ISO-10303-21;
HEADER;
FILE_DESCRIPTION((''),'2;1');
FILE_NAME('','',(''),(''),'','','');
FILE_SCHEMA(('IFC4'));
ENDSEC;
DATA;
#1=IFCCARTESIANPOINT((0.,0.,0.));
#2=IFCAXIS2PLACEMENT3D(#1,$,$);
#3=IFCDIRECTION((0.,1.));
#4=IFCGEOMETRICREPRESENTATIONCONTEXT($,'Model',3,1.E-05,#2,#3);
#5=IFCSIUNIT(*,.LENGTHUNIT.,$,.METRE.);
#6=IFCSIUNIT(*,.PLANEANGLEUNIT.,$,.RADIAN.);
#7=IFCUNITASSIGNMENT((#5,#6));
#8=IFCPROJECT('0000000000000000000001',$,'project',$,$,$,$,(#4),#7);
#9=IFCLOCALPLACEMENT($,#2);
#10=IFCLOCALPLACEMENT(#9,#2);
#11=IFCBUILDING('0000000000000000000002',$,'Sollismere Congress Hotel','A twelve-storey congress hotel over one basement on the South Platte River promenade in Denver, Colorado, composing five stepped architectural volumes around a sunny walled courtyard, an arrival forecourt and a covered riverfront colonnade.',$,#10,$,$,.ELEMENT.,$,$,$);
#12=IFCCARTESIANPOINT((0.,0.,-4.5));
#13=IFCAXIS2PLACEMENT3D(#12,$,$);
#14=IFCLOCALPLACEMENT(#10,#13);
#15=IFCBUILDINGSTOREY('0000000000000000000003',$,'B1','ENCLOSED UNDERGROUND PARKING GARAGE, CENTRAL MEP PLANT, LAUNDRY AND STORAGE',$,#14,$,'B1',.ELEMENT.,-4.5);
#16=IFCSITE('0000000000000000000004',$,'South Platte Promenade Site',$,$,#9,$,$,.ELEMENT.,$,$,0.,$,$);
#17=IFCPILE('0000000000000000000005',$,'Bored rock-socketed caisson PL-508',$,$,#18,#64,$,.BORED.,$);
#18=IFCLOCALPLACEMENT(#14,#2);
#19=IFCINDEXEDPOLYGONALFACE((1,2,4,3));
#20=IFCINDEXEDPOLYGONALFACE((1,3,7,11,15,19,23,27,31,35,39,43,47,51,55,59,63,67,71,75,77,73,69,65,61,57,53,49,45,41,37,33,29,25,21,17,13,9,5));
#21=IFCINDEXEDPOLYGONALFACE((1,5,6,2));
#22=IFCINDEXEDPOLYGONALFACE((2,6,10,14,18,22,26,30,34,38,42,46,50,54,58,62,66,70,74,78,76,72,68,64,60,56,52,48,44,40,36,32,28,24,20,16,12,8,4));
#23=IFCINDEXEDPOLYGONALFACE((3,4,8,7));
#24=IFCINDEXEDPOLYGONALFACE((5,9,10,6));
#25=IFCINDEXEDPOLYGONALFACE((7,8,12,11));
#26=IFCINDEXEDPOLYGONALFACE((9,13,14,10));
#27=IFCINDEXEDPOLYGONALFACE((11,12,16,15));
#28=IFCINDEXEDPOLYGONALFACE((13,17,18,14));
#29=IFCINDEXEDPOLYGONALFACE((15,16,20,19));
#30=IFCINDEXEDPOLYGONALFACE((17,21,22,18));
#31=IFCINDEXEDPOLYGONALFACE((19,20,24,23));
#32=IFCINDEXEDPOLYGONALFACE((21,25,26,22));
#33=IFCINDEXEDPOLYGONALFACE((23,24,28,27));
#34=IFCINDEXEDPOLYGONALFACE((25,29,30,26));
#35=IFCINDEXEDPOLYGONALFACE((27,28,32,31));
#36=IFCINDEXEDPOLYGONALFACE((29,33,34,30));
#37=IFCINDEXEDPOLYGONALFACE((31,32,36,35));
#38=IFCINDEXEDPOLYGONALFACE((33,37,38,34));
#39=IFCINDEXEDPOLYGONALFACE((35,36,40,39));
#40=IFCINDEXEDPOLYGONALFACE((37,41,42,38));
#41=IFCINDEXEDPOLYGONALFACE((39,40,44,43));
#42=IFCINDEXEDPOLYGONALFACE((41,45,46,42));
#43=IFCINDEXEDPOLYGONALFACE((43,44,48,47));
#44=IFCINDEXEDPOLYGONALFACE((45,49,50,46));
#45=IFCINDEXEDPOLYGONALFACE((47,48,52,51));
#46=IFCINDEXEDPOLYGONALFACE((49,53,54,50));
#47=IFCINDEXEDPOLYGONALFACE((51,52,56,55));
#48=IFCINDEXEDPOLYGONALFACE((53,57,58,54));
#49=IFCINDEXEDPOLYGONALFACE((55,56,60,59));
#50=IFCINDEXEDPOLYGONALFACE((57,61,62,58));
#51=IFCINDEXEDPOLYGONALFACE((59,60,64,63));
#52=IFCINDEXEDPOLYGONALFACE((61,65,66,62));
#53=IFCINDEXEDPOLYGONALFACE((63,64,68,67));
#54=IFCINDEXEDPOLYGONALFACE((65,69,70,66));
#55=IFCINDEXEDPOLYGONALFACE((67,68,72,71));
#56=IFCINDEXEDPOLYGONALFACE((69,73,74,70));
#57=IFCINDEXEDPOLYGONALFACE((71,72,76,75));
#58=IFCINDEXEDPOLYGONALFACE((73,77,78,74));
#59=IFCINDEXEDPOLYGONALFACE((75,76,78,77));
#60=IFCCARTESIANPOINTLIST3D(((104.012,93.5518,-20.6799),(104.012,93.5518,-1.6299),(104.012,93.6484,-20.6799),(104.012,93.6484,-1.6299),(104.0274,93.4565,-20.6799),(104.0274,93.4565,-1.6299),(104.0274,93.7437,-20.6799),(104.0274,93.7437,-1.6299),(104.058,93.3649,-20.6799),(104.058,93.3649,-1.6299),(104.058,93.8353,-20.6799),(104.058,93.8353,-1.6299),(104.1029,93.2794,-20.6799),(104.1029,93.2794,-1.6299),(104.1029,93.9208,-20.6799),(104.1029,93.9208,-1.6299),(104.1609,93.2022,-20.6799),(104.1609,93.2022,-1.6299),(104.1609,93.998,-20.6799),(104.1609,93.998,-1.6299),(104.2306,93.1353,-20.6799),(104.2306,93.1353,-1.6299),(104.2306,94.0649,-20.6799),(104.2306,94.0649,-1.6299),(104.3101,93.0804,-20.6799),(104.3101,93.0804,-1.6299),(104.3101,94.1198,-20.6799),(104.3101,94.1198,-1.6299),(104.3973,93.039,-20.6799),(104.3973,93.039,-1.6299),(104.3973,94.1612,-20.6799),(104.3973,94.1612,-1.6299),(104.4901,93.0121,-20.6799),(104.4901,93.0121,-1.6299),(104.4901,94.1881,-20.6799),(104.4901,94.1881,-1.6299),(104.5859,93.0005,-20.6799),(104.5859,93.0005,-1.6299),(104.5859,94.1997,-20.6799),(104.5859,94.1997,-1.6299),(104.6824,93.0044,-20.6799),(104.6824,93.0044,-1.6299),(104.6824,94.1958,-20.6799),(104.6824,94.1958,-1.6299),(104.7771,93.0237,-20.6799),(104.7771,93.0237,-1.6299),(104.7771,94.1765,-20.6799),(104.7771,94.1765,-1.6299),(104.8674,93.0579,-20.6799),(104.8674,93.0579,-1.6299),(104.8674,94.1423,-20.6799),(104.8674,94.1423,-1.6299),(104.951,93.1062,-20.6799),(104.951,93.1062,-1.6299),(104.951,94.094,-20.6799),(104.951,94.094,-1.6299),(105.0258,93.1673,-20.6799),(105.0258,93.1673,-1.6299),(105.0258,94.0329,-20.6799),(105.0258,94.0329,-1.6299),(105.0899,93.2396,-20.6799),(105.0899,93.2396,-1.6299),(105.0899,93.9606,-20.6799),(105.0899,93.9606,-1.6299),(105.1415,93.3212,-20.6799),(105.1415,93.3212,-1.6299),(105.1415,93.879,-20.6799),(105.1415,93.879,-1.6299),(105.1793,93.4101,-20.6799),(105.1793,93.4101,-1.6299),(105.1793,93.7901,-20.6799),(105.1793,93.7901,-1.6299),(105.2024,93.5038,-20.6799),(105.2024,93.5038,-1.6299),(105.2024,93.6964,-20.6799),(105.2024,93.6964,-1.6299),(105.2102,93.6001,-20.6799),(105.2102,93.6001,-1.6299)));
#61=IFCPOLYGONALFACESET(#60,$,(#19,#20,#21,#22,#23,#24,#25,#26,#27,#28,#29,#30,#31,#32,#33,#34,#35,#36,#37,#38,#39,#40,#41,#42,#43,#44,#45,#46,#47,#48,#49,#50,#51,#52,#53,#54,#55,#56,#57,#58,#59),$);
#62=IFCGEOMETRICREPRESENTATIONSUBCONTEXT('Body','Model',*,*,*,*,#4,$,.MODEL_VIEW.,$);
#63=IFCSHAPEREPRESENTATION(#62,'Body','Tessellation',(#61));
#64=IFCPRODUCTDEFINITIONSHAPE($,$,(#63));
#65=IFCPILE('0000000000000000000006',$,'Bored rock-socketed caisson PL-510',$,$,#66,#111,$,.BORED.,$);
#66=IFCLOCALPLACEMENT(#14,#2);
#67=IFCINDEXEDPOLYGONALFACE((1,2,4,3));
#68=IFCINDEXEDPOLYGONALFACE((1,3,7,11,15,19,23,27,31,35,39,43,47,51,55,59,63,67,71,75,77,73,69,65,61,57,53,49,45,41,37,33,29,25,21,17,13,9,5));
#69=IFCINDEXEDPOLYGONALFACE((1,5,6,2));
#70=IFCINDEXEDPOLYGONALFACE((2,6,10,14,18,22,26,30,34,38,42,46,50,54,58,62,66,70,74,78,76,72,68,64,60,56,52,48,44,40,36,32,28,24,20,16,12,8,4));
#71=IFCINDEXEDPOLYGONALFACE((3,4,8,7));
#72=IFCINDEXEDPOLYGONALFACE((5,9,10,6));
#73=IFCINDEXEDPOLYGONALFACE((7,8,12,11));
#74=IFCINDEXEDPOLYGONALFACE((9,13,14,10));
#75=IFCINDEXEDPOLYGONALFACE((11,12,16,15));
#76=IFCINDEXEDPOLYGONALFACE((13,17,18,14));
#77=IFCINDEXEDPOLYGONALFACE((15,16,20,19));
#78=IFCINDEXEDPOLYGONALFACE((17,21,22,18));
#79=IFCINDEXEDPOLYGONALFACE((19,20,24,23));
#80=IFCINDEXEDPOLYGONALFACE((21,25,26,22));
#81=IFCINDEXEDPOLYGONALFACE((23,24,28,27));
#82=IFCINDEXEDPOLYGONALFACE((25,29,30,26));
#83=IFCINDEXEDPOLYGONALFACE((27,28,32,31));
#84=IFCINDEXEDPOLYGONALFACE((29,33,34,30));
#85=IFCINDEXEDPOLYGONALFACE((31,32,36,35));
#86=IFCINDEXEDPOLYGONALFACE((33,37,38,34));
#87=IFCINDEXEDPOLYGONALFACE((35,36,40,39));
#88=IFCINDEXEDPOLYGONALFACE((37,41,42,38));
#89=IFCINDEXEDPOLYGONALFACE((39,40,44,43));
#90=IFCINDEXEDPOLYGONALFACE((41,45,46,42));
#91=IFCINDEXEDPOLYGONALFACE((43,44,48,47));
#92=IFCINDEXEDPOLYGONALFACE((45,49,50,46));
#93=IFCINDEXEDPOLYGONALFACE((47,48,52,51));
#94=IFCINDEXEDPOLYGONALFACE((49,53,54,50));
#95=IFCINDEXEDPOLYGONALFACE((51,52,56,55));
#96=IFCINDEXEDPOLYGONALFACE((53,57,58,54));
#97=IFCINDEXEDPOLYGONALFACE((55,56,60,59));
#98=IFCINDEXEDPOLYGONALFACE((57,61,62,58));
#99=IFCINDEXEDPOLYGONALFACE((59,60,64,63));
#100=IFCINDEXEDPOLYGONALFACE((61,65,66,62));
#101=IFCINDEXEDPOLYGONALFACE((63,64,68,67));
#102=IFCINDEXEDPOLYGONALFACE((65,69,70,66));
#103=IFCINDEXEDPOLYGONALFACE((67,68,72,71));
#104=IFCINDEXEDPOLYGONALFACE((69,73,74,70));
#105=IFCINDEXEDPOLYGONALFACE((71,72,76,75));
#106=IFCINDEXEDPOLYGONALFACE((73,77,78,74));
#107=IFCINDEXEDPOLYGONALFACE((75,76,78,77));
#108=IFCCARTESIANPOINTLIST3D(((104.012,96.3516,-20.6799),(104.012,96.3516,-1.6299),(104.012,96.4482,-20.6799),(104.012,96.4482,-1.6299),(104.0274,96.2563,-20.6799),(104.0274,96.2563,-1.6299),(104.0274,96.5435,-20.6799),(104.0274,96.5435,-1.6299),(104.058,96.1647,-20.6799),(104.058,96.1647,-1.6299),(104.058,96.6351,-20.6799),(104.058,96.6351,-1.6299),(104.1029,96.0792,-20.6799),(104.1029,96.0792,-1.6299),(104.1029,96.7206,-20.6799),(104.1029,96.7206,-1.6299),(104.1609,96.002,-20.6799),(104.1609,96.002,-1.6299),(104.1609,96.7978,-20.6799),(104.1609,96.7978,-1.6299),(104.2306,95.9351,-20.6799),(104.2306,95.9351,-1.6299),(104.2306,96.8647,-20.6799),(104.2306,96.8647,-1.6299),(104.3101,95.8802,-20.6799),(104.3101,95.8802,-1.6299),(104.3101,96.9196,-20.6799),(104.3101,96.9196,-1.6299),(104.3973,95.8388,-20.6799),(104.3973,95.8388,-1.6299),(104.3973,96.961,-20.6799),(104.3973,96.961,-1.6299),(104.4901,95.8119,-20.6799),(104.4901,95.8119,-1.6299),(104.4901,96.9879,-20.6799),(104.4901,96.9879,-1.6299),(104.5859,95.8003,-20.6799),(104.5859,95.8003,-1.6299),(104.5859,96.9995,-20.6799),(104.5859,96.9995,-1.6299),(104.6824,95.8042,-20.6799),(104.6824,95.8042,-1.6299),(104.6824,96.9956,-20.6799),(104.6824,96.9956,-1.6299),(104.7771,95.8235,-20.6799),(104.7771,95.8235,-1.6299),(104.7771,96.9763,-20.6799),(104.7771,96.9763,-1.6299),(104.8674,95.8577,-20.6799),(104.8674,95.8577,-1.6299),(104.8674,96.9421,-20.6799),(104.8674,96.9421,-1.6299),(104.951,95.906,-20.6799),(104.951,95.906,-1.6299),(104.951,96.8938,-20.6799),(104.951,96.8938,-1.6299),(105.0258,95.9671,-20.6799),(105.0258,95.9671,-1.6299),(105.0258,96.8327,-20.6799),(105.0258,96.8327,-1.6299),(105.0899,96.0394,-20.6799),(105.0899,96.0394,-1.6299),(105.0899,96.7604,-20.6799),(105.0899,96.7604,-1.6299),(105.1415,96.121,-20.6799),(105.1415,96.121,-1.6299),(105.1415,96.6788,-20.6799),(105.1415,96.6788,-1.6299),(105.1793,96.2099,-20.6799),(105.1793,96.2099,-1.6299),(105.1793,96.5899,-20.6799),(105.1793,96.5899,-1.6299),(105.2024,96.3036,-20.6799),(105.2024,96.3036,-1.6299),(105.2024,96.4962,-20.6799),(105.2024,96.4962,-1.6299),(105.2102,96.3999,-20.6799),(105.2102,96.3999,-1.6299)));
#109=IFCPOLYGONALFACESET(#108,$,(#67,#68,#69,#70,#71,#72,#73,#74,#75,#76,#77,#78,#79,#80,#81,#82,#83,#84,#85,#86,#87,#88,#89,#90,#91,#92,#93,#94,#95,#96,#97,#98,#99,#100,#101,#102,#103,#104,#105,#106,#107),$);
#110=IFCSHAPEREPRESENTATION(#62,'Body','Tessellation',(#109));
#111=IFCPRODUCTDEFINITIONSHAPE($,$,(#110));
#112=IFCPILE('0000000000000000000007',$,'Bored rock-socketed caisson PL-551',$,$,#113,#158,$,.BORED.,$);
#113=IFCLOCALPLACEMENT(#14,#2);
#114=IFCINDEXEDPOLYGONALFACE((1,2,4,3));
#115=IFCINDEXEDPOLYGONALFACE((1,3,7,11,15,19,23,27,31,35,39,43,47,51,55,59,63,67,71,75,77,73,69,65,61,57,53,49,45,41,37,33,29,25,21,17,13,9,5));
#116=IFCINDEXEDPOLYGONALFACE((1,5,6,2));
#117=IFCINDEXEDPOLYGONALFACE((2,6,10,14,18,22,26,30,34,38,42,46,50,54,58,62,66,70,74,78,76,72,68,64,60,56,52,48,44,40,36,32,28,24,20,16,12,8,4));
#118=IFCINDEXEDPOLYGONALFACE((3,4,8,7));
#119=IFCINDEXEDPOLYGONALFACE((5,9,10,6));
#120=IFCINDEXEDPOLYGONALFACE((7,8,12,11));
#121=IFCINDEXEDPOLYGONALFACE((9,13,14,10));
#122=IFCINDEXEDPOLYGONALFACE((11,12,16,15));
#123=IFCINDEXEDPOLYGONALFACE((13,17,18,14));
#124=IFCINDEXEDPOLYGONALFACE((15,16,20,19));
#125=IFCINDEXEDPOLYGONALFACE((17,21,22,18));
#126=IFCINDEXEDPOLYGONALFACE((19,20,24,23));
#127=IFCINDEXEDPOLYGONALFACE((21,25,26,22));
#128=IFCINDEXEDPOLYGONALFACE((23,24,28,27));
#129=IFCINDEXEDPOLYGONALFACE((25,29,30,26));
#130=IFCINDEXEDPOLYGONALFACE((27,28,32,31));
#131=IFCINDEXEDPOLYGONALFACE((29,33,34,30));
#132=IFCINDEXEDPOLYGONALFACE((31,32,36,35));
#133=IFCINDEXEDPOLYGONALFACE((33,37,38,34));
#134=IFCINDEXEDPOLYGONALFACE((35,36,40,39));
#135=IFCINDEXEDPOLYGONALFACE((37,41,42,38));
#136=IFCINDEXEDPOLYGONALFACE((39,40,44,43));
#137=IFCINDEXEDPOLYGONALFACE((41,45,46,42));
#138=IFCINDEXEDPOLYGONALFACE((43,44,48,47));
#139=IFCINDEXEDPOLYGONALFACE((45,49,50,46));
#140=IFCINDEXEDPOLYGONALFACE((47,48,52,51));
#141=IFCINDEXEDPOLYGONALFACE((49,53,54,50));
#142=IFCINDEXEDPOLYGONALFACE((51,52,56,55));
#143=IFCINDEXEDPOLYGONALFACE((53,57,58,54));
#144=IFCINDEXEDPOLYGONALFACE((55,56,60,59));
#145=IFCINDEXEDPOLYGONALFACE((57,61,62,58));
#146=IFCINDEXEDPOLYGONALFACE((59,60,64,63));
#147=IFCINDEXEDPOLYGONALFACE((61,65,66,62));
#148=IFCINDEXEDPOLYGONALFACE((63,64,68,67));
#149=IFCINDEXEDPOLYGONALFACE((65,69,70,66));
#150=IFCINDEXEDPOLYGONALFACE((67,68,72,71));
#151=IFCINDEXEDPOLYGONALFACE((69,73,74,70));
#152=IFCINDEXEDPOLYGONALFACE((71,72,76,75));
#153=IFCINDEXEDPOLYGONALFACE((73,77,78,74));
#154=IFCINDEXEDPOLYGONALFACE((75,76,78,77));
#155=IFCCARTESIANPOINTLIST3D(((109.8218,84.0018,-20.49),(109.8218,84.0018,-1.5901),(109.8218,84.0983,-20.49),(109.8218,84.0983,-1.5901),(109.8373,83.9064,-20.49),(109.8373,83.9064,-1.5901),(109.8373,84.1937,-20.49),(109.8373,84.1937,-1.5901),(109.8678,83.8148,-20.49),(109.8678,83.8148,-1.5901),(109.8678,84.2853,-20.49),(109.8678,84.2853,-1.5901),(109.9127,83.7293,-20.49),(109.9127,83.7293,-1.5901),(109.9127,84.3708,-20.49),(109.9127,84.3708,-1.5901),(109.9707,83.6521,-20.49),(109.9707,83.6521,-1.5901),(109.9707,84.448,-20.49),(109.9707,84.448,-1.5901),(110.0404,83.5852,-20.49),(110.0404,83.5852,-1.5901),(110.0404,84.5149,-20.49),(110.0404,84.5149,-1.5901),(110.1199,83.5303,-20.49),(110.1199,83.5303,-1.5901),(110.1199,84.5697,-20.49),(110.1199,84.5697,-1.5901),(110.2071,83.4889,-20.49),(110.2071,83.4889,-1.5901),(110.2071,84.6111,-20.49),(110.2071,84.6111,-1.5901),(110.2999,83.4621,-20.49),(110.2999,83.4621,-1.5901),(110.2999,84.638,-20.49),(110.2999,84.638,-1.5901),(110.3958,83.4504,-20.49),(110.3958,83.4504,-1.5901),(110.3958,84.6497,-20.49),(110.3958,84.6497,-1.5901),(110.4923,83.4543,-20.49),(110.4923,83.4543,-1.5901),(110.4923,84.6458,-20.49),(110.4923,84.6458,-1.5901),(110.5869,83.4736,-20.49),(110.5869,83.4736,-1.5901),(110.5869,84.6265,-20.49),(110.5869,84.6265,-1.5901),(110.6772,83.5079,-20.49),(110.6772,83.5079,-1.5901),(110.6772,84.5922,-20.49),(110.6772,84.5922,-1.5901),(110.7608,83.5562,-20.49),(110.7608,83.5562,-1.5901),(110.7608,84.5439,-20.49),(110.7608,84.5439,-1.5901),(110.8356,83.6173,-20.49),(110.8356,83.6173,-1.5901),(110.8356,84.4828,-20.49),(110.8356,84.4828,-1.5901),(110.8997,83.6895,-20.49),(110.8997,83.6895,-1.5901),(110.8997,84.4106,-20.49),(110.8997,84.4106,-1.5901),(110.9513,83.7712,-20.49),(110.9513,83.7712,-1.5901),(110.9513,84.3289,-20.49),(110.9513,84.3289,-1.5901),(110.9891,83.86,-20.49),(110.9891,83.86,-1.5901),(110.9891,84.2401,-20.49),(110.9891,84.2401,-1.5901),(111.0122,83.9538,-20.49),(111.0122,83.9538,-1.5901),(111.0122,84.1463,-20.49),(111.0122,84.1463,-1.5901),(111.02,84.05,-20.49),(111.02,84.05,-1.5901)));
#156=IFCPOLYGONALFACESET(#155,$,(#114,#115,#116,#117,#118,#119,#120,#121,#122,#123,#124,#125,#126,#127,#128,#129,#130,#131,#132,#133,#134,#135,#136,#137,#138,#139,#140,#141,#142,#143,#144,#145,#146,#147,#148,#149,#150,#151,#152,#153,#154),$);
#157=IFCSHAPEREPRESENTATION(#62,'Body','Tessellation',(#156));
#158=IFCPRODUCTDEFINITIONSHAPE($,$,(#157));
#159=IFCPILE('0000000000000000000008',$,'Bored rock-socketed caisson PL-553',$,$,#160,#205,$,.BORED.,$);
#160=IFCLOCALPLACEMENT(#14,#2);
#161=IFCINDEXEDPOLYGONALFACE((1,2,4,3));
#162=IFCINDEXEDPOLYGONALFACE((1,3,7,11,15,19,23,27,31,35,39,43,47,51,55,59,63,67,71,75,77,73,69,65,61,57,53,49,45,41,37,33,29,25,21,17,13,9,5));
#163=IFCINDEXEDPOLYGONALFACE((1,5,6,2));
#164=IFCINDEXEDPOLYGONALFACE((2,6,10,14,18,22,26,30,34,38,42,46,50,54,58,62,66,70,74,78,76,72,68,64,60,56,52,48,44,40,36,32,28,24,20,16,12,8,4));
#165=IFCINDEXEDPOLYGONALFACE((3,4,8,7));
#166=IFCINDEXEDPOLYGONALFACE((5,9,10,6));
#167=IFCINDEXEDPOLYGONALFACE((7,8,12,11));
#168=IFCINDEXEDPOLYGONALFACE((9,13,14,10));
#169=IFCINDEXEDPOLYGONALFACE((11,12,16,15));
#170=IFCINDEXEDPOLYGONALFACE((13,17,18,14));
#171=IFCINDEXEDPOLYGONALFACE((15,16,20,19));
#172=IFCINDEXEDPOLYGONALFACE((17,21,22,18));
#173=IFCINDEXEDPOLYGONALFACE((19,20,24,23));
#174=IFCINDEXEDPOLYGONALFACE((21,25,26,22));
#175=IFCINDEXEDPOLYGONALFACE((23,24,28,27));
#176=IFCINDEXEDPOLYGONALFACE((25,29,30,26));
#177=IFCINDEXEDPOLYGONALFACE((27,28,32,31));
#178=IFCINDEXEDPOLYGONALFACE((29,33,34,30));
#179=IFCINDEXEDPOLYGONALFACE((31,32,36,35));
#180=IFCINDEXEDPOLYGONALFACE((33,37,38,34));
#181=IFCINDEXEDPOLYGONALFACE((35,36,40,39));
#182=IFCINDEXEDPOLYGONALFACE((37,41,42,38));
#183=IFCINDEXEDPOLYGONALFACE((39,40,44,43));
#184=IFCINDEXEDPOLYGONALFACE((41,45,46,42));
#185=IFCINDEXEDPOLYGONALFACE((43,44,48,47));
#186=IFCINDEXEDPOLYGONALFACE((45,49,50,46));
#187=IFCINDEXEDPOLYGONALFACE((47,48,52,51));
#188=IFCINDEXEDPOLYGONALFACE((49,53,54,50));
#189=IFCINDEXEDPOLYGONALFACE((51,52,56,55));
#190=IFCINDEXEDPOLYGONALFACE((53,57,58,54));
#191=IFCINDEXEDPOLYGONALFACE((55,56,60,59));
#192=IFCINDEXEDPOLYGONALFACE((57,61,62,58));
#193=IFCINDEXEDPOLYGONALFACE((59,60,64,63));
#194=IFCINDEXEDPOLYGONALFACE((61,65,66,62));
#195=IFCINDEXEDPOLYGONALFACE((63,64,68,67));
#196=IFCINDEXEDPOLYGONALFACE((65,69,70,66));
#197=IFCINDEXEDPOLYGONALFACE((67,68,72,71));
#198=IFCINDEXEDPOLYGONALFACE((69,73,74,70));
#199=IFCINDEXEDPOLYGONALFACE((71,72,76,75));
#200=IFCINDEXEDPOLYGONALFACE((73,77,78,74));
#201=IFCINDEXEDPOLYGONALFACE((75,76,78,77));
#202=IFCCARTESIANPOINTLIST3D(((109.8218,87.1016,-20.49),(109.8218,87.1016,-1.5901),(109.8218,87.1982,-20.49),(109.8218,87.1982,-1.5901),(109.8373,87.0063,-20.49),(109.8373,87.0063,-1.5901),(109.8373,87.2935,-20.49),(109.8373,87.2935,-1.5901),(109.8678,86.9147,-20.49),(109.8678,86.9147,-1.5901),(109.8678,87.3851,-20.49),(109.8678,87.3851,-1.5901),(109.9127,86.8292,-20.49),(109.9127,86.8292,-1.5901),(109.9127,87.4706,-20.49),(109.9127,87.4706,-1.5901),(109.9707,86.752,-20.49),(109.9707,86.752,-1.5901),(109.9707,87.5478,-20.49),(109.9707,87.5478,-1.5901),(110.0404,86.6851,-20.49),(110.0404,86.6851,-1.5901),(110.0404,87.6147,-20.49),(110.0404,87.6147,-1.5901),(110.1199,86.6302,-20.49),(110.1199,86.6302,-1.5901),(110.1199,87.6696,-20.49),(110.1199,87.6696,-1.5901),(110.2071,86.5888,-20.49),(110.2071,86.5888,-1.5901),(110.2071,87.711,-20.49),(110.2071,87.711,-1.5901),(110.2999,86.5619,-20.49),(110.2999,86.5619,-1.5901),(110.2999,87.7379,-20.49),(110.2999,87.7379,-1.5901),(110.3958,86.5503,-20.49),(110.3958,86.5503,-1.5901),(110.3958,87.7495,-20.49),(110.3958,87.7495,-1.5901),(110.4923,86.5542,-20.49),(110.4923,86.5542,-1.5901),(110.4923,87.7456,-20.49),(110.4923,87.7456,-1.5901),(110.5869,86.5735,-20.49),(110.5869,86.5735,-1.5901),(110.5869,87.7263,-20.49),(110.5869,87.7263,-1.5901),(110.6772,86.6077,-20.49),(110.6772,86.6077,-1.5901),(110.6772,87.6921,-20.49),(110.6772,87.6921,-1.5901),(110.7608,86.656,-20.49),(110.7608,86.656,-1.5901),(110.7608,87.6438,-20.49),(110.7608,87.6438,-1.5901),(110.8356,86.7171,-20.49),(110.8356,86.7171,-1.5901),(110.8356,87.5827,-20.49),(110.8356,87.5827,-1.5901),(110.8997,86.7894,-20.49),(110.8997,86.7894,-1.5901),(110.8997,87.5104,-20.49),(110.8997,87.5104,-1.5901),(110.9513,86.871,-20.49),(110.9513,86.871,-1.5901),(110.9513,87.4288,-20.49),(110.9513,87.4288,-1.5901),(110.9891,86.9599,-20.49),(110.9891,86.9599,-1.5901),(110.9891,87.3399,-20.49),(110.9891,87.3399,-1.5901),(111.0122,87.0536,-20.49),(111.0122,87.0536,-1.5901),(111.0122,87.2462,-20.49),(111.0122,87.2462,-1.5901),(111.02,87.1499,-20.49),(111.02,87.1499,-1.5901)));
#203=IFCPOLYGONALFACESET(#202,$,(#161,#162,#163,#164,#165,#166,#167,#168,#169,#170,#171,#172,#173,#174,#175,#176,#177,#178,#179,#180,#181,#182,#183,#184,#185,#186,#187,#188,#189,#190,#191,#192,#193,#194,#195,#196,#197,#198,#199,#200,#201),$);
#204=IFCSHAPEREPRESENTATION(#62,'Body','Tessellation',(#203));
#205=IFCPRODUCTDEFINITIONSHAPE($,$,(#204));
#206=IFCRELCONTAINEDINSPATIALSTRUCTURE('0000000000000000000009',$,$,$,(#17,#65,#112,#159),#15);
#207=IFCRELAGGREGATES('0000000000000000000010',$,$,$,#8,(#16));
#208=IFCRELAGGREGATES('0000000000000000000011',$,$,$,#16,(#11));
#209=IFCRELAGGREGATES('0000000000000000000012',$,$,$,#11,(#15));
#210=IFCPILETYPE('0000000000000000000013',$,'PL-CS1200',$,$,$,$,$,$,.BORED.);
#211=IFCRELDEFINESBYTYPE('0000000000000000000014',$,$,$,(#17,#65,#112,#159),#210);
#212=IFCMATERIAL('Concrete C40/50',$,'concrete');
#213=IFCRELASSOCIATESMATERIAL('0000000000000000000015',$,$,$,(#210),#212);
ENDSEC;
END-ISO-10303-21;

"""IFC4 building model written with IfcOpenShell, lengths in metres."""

from ifc_helpers import new_model, si_unit, direction, frame, origin, origin_2d, place, context, subcontext, project, spatial, circle, extrude, material, material_profile, profile_set, type_object, element, save


model = new_model("IFC4")

# Units and contexts
model_context = context("Model", 3, precision=1e-05, world=origin(), true_north=direction((0.0, 1.0)))
body_context = subcontext(model_context, "Body", "Model", "MODEL_VIEW")
ifc_project = project(units=[si_unit("LENGTHUNIT", "METRE"), si_unit("PLANEANGLEUNIT", "RADIAN")], contexts=[model_context])

# Site, building, storey
site_placement = place(None, origin())
site = spatial("IfcSite", under=ifc_project, at=site_placement, Name="South Platte Promenade Site", CompositionType="ELEMENT", RefElevation=0.0)
building_placement = place(site_placement, origin())
building = spatial("IfcBuilding", under=site, at=building_placement, Name="Sollismere Congress Hotel", Description="A twelve-storey congress hotel over one basement on the South Platte River promenade in Denver, Colorado, composing five stepped architectural volumes around a sunny walled courtyard, an arrival forecourt and a covered riverfront colonnade.", CompositionType="ELEMENT")
storey_placement = place(building_placement, frame((0.0, 0.0, -4.5)))
storey = spatial("IfcBuildingStorey", under=building, at=storey_placement, Name="B1", Description="ENCLOSED UNDERGROUND PARKING GARAGE, CENTRAL MEP PLANT, LAUNDRY AND STORAGE", LongName="B1", CompositionType="ELEMENT", Elevation=-4.5)

# Shared definitions
ifc_material_1 = material(Name="Concrete C40/50", Category="concrete")

# Piles
ifc_material_profile_1 = material_profile(ifc_material_1, circle(Radius=0.6001, at=origin_2d()), Name="CAISSON1200")
ifc_profile_set_1 = profile_set([ifc_material_profile_1], Name="Concrete C40/50")
pile_type = type_object("IfcPileType", Name="PL-CS1200", PredefinedType="BORED", material=ifc_profile_set_1)
for number, where, z_axis, x_axis, name in (
    (1, (104.6101, 93.6001, -1.6299), (0.0, 0.0, -1.0), (1.0, 0.0, 0.0), "Bored rock-socketed caisson PL-508"),
    (2, (104.6101, 96.3999, -1.6299), (0.0, 0.0, -1.0), (1.0, 0.0, 0.0), "Bored rock-socketed caisson PL-510"),
):
    element("IfcPile", number, at=place(storey_placement, frame(where, z_axis=z_axis, x_axis=x_axis)), inside=storey, type_object=pile_type, Name=name, PredefinedType="BORED", context=body_context, shape_type="SweptSolid", body=[
        extrude(circle(Radius=0.6001, at=origin_2d()), origin(), (0.0, 0.0, 1.0), 19.05),
    ])
for number, where, z_axis, x_axis, name in (
    (3, (110.4199, 84.05, -1.5901), (0.0, 0.0, -1.0), (1.0, 0.0, 0.0), "Bored rock-socketed caisson PL-551"),
    (4, (110.4199, 87.1499, -1.5901), (0.0, 0.0, -1.0), (1.0, 0.0, 0.0), "Bored rock-socketed caisson PL-553"),
):
    element("IfcPile", number, at=place(storey_placement, frame(where, z_axis=z_axis, x_axis=x_axis)), inside=storey, type_object=pile_type, Name=name, PredefinedType="BORED", context=body_context, shape_type="SweptSolid", body=[
        extrude(circle(Radius=0.6001, at=origin_2d()), origin(), (0.0, 0.0, 1.0), 18.8999),
    ])

save(model, "model.ifc")
